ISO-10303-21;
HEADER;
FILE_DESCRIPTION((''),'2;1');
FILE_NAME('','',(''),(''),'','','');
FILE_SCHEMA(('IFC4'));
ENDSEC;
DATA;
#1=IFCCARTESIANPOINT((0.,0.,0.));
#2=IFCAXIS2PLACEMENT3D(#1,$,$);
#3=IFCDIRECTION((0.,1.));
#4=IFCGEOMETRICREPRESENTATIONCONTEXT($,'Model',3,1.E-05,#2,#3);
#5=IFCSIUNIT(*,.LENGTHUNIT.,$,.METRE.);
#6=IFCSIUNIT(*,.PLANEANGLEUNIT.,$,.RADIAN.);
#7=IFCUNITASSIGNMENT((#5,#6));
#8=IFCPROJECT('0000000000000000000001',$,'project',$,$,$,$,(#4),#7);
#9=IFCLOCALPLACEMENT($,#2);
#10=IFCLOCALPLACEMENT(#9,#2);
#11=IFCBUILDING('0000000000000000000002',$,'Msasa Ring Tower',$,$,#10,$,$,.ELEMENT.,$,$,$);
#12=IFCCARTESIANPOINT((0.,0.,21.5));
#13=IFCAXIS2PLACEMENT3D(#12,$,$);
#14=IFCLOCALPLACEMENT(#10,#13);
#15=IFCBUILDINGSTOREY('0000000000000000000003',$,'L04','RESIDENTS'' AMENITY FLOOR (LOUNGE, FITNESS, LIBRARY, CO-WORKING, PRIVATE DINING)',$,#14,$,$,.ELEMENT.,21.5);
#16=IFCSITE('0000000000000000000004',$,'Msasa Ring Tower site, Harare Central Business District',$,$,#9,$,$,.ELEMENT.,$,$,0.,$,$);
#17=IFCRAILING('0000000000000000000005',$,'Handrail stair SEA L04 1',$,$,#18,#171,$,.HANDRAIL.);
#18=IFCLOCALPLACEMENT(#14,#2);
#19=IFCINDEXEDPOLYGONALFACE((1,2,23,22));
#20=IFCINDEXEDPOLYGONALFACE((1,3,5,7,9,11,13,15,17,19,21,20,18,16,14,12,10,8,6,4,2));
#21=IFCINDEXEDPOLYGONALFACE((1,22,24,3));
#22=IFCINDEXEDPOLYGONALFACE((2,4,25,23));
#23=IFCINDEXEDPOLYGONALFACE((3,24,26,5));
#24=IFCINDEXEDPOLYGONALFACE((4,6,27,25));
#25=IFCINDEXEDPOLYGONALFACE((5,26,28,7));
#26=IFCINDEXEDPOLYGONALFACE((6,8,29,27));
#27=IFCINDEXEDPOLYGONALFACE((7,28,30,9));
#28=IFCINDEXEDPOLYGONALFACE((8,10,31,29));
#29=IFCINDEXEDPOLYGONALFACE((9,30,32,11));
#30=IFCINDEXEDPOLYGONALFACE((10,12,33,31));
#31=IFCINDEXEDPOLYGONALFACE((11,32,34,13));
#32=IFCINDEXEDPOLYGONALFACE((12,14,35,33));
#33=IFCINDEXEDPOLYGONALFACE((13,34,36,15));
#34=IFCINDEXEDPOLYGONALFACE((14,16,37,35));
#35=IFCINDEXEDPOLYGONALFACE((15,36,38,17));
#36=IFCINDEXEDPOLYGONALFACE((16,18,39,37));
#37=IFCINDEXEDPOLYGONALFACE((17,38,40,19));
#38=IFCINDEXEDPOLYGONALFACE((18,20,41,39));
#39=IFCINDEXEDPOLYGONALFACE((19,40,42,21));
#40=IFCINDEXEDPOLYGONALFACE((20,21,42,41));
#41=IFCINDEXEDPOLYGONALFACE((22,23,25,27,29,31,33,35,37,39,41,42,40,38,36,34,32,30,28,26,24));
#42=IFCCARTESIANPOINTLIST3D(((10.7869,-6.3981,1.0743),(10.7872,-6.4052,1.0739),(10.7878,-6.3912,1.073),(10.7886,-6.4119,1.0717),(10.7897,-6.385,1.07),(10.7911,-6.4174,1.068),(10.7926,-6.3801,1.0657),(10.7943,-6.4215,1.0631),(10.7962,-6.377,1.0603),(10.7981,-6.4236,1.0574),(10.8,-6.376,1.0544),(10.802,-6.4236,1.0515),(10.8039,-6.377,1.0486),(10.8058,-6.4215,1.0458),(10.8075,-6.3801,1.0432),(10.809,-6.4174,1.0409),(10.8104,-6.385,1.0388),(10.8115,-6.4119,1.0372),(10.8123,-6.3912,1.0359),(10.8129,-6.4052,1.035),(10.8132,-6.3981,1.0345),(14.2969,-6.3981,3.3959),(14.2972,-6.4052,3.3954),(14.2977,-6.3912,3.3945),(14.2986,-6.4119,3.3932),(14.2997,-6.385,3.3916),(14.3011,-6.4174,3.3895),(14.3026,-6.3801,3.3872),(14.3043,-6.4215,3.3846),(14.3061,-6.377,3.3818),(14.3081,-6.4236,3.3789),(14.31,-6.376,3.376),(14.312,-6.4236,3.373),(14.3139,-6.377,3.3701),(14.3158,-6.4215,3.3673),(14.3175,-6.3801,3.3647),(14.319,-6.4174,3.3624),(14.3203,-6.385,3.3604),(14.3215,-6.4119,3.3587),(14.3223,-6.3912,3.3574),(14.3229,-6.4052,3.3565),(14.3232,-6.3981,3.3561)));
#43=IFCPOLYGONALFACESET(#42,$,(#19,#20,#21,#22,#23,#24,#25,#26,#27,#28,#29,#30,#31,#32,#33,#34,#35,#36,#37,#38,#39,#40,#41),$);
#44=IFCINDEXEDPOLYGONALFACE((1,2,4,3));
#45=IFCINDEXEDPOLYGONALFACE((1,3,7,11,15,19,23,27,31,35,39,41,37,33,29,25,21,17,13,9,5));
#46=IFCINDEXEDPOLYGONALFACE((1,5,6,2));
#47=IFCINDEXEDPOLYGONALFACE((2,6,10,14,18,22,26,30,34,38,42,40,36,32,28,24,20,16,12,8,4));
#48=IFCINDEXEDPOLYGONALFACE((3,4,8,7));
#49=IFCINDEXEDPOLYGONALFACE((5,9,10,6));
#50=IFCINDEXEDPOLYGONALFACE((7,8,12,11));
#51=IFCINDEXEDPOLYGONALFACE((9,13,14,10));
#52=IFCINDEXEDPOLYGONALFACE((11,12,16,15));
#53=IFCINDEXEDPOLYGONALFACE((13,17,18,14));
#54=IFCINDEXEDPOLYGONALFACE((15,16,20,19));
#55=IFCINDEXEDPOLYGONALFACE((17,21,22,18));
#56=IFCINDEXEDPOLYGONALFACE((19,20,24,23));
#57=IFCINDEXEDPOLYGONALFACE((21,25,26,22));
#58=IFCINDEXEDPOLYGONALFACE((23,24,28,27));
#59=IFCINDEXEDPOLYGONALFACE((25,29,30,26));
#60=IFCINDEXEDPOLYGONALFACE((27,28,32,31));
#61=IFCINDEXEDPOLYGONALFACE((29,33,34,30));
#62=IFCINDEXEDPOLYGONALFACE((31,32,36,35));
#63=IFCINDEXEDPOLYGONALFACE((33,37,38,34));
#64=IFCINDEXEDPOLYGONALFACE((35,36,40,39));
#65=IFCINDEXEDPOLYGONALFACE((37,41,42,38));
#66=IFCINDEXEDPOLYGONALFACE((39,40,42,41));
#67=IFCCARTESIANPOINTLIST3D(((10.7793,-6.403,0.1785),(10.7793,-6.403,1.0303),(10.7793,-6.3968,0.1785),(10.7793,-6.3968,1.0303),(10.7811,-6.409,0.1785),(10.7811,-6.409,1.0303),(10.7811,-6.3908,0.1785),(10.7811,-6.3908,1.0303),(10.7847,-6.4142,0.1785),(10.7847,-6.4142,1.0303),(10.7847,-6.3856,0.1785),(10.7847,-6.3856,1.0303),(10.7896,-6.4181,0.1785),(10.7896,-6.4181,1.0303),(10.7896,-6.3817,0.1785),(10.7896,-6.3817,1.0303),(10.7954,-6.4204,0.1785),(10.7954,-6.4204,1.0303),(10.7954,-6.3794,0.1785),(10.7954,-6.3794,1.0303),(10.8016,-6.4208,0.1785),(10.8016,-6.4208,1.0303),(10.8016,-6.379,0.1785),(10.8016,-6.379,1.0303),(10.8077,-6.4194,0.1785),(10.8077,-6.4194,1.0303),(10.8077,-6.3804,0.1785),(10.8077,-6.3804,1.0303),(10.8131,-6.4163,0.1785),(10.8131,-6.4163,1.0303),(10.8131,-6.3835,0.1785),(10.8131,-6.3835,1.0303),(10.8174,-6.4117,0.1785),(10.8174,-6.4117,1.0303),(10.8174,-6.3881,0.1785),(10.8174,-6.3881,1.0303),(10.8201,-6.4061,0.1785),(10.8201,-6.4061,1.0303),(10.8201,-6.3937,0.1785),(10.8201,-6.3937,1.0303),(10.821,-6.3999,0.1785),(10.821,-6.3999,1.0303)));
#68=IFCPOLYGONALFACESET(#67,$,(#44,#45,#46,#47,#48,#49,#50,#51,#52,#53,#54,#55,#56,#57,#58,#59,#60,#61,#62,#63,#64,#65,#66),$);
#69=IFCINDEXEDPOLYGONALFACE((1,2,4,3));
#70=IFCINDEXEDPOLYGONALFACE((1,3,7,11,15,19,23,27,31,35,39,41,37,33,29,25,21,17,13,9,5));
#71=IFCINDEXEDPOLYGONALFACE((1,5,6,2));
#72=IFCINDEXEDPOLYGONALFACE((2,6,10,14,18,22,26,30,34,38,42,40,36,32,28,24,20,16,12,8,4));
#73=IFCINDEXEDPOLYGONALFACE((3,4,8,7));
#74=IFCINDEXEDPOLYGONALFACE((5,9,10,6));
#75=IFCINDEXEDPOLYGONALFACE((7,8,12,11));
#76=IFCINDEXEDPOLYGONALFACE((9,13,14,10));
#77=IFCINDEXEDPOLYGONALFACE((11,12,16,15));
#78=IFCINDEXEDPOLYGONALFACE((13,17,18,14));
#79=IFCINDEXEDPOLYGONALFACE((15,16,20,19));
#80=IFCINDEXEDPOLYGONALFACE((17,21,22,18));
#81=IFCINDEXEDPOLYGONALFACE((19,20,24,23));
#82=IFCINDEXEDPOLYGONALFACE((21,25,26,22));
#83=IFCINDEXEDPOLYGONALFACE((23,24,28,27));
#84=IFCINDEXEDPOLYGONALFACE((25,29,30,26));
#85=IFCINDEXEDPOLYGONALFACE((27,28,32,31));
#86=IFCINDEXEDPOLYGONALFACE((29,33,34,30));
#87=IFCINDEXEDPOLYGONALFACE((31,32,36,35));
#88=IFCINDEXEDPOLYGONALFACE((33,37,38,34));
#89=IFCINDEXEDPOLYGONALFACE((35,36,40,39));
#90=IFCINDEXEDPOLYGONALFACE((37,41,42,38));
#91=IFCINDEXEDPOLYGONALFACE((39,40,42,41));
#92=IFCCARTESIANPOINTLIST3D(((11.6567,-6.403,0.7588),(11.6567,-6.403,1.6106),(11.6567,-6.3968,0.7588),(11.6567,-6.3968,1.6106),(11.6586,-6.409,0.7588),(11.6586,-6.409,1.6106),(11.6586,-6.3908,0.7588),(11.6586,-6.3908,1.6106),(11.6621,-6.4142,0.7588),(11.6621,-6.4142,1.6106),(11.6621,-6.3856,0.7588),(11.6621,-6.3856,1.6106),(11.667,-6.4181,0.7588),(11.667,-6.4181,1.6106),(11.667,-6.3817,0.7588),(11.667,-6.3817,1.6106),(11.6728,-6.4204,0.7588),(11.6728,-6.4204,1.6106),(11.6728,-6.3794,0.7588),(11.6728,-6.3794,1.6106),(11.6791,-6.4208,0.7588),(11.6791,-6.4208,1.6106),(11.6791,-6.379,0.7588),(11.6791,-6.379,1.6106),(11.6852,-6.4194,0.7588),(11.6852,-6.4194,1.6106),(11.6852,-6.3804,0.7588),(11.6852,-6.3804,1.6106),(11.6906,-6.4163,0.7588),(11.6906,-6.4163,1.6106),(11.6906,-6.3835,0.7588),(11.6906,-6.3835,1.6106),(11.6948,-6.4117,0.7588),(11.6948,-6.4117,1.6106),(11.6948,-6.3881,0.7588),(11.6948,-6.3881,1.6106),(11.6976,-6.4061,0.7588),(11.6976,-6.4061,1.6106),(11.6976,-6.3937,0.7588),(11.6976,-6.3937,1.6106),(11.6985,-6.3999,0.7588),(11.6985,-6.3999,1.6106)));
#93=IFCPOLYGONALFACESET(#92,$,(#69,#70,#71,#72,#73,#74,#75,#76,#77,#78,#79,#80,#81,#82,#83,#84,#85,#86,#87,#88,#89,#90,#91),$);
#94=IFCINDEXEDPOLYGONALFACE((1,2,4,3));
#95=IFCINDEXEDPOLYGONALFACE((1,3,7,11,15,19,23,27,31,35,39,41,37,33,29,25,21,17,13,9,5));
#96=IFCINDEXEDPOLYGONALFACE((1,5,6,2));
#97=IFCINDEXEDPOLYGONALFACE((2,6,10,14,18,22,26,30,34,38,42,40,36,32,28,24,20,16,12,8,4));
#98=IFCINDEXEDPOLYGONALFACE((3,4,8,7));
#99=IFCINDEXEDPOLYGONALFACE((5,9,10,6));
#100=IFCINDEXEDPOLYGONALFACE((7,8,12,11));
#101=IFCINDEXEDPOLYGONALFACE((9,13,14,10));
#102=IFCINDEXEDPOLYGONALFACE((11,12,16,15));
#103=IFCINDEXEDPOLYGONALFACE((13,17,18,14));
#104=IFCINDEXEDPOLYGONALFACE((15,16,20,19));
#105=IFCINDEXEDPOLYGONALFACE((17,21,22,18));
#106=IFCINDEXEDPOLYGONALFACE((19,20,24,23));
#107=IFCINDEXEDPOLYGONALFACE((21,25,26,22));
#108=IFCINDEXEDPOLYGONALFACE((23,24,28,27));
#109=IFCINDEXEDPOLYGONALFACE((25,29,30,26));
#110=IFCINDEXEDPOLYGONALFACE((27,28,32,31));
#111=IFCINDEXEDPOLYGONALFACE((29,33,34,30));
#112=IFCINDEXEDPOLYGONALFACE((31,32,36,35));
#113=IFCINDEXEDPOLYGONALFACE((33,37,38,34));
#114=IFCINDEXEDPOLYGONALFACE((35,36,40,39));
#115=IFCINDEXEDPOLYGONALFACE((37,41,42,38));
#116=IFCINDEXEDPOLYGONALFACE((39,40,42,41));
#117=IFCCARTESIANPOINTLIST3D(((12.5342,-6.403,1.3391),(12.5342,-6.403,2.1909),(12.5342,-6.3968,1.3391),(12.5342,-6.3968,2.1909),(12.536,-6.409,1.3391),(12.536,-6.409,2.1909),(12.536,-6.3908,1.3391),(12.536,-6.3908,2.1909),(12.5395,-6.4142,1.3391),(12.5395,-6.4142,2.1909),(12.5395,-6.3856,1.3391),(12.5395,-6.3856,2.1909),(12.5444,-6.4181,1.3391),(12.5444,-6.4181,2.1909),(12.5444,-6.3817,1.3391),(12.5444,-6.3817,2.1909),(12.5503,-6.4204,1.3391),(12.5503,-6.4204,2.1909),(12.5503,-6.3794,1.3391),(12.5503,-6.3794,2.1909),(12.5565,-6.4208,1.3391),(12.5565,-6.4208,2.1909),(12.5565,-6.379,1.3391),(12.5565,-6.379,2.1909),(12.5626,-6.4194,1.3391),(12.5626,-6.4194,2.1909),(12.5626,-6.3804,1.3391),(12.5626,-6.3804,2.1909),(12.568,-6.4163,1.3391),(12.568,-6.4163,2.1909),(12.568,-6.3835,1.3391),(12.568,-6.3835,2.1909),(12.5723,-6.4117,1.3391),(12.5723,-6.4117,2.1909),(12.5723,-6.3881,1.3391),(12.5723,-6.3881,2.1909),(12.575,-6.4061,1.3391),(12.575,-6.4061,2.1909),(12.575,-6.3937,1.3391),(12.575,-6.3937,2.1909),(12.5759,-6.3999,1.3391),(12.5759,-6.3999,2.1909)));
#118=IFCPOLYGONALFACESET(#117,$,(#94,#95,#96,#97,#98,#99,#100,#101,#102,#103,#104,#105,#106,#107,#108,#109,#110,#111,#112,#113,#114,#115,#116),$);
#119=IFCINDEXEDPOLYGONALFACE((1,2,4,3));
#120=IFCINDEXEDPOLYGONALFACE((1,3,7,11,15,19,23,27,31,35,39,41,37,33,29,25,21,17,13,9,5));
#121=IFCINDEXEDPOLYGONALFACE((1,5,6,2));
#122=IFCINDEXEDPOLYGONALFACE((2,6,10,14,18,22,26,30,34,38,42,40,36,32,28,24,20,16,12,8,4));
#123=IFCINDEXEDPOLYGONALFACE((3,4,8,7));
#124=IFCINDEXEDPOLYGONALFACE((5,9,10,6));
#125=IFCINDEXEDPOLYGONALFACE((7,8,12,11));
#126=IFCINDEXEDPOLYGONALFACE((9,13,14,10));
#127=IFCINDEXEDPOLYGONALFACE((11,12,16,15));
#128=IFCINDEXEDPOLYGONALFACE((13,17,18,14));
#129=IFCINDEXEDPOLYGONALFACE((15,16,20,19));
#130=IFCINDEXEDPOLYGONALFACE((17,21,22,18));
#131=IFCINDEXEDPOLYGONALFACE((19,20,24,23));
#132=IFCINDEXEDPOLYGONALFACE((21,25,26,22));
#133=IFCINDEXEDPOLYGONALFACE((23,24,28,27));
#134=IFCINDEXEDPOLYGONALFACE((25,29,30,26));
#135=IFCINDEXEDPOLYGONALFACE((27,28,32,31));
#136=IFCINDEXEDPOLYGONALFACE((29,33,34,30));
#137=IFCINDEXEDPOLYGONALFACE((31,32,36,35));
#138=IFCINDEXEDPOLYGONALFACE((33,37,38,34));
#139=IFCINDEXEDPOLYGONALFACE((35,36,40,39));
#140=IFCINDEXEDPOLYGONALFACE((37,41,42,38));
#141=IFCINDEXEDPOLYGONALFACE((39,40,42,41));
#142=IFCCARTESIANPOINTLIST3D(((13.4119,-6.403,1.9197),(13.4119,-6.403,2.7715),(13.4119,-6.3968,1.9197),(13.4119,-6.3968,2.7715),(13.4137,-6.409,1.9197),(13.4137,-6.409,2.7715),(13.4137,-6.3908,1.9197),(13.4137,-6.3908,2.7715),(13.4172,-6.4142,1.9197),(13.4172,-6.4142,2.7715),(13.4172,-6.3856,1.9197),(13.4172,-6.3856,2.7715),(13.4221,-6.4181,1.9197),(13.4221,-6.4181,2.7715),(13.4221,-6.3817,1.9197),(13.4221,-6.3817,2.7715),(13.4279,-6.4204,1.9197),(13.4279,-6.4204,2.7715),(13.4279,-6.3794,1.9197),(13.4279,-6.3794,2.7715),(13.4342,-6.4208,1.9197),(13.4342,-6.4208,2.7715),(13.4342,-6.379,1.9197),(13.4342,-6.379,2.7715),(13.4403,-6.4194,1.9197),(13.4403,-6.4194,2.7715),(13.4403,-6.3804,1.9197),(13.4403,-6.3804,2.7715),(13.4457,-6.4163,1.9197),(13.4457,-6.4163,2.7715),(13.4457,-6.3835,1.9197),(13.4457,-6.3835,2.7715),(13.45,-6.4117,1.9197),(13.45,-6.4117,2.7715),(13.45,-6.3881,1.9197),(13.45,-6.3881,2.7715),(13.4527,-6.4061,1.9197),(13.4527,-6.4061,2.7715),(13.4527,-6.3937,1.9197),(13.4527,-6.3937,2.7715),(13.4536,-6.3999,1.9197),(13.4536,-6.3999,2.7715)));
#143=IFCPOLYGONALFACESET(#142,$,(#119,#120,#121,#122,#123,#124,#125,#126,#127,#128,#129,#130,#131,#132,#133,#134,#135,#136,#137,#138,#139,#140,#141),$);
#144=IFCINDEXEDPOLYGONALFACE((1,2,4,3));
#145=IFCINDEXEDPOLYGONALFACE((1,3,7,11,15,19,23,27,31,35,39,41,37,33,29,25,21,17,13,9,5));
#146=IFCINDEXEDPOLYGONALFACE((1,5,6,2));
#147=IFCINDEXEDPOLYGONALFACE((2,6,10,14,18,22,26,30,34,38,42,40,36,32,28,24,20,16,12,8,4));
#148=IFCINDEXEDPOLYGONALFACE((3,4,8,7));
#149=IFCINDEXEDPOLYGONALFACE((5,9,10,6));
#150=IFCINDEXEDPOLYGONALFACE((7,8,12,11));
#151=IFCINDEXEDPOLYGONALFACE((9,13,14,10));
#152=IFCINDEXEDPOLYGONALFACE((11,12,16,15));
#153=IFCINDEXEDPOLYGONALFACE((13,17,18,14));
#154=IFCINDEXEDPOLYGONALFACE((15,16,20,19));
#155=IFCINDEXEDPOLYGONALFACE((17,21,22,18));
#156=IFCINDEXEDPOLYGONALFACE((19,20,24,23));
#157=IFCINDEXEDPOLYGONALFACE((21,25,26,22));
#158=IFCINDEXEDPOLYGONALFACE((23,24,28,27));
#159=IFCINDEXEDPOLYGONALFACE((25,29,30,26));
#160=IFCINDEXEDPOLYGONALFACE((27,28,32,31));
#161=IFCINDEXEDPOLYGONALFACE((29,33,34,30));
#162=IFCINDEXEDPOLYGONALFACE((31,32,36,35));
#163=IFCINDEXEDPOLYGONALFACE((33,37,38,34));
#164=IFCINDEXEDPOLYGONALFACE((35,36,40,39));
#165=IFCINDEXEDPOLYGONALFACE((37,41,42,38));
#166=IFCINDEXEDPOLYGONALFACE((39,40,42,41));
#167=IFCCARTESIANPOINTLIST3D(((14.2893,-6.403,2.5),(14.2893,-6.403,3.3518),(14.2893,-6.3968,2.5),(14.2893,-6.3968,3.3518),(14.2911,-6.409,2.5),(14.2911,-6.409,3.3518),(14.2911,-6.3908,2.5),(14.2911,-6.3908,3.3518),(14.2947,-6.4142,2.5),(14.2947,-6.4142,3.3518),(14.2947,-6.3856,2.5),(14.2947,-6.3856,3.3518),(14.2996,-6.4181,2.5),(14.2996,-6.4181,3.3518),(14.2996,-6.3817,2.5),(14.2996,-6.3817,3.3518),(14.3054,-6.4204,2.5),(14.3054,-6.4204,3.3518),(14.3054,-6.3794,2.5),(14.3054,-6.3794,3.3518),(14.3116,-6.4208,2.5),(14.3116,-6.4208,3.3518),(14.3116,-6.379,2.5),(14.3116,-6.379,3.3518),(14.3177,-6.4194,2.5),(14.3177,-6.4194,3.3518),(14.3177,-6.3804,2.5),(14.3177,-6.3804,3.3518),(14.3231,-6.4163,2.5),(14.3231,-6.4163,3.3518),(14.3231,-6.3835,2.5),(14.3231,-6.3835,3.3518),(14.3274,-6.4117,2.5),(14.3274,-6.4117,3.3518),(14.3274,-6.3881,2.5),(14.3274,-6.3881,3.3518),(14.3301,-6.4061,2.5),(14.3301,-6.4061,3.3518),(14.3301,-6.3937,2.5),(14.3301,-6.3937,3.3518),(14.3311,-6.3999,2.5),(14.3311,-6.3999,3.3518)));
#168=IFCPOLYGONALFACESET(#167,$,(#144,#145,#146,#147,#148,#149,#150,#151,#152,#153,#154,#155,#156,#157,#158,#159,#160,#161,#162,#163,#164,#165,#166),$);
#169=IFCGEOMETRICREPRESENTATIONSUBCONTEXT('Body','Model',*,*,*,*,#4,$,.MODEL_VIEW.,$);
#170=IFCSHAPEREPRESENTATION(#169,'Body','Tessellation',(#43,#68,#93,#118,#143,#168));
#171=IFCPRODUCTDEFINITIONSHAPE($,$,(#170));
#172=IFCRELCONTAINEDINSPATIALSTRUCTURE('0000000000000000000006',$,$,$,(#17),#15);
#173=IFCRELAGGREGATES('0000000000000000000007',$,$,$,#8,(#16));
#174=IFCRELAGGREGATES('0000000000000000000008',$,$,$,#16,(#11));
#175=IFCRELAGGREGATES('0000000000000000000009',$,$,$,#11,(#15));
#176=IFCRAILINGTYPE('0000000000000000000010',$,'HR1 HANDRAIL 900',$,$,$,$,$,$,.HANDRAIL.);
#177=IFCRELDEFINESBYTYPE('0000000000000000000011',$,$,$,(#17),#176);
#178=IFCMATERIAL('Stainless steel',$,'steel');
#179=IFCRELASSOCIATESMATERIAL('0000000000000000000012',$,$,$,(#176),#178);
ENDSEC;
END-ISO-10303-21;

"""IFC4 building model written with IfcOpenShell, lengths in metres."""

from ifc_helpers import new_model, si_unit, direction, frame, origin, origin_2d, place, context, subcontext, project, spatial, circle, extrude, material, type_object, element, save


model = new_model("IFC4")

# Units and contexts
model_context = context("Model", 3, precision=1e-05, world=origin(), true_north=direction((0.0, 1.0)))
body_context = subcontext(model_context, "Body", "Model", "MODEL_VIEW")
ifc_project = project(units=[si_unit("LENGTHUNIT", "METRE"), si_unit("PLANEANGLEUNIT", "RADIAN")], contexts=[model_context])

# Site, building, storey
site_placement = place(None, origin())
site = spatial("IfcSite", under=ifc_project, at=site_placement, Name="Msasa Ring Tower site, Harare Central Business District", CompositionType="ELEMENT", RefElevation=0.0)
building_placement = place(site_placement, origin())
building = spatial("IfcBuilding", under=site, at=building_placement, Name="Msasa Ring Tower", CompositionType="ELEMENT")
storey_placement = place(building_placement, frame((0.0, 0.0, 21.5)))
storey = spatial("IfcBuildingStorey", under=building, at=storey_placement, Name="L04", Description="RESIDENTS' AMENITY FLOOR (LOUNGE, FITNESS, LIBRARY, CO-WORKING, PRIVATE DINING)", CompositionType="ELEMENT", Elevation=21.5)

# Railing
ifc_material_1 = material(Name="Stainless steel", Category="steel")
railing_type = type_object("IfcRailingType", Name="HR1 HANDRAIL 900", PredefinedType="HANDRAIL", material=ifc_material_1)
for number, where, name in (
    (1, (10.8, -6.3999, 0.1785), "Handrail stair SEA L04 1"),
):
    element("IfcRailing", number, at=place(storey_placement, frame(where)), inside=storey, type_object=railing_type, Name=name, PredefinedType="HANDRAIL", context=body_context, shape_type="SweptSolid", body=[
        extrude(circle(Radius=0.0239, at=origin_2d()), frame((0.0, 0.0, 0.876), z_axis=(0.834071, 0.0, 0.551657), x_axis=(0.0, 1.0, 0.0)), (0.0, 0.0, 1.0), 4.2083),
        extrude(circle(Radius=0.021, at=origin_2d()), origin(), (0.0, 0.0, 1.0), 0.8518),
        extrude(circle(Radius=0.021, at=origin_2d()), frame((0.8774, 0.0, 0.5803)), (0.0, 0.0, 1.0), 0.8518),
        extrude(circle(Radius=0.021, at=origin_2d()), frame((1.7549, 0.0, 1.1606)), (0.0, 0.0, 1.0), 0.8518),
        extrude(circle(Radius=0.021, at=origin_2d()), frame((2.6326, 0.0, 1.7412)), (0.0, 0.0, 1.0), 0.8518),
        extrude(circle(Radius=0.021, at=origin_2d()), frame((3.51, 0.0, 2.3215)), (0.0, 0.0, 1.0), 0.8518),
    ])

save(model, "model.ifc")
